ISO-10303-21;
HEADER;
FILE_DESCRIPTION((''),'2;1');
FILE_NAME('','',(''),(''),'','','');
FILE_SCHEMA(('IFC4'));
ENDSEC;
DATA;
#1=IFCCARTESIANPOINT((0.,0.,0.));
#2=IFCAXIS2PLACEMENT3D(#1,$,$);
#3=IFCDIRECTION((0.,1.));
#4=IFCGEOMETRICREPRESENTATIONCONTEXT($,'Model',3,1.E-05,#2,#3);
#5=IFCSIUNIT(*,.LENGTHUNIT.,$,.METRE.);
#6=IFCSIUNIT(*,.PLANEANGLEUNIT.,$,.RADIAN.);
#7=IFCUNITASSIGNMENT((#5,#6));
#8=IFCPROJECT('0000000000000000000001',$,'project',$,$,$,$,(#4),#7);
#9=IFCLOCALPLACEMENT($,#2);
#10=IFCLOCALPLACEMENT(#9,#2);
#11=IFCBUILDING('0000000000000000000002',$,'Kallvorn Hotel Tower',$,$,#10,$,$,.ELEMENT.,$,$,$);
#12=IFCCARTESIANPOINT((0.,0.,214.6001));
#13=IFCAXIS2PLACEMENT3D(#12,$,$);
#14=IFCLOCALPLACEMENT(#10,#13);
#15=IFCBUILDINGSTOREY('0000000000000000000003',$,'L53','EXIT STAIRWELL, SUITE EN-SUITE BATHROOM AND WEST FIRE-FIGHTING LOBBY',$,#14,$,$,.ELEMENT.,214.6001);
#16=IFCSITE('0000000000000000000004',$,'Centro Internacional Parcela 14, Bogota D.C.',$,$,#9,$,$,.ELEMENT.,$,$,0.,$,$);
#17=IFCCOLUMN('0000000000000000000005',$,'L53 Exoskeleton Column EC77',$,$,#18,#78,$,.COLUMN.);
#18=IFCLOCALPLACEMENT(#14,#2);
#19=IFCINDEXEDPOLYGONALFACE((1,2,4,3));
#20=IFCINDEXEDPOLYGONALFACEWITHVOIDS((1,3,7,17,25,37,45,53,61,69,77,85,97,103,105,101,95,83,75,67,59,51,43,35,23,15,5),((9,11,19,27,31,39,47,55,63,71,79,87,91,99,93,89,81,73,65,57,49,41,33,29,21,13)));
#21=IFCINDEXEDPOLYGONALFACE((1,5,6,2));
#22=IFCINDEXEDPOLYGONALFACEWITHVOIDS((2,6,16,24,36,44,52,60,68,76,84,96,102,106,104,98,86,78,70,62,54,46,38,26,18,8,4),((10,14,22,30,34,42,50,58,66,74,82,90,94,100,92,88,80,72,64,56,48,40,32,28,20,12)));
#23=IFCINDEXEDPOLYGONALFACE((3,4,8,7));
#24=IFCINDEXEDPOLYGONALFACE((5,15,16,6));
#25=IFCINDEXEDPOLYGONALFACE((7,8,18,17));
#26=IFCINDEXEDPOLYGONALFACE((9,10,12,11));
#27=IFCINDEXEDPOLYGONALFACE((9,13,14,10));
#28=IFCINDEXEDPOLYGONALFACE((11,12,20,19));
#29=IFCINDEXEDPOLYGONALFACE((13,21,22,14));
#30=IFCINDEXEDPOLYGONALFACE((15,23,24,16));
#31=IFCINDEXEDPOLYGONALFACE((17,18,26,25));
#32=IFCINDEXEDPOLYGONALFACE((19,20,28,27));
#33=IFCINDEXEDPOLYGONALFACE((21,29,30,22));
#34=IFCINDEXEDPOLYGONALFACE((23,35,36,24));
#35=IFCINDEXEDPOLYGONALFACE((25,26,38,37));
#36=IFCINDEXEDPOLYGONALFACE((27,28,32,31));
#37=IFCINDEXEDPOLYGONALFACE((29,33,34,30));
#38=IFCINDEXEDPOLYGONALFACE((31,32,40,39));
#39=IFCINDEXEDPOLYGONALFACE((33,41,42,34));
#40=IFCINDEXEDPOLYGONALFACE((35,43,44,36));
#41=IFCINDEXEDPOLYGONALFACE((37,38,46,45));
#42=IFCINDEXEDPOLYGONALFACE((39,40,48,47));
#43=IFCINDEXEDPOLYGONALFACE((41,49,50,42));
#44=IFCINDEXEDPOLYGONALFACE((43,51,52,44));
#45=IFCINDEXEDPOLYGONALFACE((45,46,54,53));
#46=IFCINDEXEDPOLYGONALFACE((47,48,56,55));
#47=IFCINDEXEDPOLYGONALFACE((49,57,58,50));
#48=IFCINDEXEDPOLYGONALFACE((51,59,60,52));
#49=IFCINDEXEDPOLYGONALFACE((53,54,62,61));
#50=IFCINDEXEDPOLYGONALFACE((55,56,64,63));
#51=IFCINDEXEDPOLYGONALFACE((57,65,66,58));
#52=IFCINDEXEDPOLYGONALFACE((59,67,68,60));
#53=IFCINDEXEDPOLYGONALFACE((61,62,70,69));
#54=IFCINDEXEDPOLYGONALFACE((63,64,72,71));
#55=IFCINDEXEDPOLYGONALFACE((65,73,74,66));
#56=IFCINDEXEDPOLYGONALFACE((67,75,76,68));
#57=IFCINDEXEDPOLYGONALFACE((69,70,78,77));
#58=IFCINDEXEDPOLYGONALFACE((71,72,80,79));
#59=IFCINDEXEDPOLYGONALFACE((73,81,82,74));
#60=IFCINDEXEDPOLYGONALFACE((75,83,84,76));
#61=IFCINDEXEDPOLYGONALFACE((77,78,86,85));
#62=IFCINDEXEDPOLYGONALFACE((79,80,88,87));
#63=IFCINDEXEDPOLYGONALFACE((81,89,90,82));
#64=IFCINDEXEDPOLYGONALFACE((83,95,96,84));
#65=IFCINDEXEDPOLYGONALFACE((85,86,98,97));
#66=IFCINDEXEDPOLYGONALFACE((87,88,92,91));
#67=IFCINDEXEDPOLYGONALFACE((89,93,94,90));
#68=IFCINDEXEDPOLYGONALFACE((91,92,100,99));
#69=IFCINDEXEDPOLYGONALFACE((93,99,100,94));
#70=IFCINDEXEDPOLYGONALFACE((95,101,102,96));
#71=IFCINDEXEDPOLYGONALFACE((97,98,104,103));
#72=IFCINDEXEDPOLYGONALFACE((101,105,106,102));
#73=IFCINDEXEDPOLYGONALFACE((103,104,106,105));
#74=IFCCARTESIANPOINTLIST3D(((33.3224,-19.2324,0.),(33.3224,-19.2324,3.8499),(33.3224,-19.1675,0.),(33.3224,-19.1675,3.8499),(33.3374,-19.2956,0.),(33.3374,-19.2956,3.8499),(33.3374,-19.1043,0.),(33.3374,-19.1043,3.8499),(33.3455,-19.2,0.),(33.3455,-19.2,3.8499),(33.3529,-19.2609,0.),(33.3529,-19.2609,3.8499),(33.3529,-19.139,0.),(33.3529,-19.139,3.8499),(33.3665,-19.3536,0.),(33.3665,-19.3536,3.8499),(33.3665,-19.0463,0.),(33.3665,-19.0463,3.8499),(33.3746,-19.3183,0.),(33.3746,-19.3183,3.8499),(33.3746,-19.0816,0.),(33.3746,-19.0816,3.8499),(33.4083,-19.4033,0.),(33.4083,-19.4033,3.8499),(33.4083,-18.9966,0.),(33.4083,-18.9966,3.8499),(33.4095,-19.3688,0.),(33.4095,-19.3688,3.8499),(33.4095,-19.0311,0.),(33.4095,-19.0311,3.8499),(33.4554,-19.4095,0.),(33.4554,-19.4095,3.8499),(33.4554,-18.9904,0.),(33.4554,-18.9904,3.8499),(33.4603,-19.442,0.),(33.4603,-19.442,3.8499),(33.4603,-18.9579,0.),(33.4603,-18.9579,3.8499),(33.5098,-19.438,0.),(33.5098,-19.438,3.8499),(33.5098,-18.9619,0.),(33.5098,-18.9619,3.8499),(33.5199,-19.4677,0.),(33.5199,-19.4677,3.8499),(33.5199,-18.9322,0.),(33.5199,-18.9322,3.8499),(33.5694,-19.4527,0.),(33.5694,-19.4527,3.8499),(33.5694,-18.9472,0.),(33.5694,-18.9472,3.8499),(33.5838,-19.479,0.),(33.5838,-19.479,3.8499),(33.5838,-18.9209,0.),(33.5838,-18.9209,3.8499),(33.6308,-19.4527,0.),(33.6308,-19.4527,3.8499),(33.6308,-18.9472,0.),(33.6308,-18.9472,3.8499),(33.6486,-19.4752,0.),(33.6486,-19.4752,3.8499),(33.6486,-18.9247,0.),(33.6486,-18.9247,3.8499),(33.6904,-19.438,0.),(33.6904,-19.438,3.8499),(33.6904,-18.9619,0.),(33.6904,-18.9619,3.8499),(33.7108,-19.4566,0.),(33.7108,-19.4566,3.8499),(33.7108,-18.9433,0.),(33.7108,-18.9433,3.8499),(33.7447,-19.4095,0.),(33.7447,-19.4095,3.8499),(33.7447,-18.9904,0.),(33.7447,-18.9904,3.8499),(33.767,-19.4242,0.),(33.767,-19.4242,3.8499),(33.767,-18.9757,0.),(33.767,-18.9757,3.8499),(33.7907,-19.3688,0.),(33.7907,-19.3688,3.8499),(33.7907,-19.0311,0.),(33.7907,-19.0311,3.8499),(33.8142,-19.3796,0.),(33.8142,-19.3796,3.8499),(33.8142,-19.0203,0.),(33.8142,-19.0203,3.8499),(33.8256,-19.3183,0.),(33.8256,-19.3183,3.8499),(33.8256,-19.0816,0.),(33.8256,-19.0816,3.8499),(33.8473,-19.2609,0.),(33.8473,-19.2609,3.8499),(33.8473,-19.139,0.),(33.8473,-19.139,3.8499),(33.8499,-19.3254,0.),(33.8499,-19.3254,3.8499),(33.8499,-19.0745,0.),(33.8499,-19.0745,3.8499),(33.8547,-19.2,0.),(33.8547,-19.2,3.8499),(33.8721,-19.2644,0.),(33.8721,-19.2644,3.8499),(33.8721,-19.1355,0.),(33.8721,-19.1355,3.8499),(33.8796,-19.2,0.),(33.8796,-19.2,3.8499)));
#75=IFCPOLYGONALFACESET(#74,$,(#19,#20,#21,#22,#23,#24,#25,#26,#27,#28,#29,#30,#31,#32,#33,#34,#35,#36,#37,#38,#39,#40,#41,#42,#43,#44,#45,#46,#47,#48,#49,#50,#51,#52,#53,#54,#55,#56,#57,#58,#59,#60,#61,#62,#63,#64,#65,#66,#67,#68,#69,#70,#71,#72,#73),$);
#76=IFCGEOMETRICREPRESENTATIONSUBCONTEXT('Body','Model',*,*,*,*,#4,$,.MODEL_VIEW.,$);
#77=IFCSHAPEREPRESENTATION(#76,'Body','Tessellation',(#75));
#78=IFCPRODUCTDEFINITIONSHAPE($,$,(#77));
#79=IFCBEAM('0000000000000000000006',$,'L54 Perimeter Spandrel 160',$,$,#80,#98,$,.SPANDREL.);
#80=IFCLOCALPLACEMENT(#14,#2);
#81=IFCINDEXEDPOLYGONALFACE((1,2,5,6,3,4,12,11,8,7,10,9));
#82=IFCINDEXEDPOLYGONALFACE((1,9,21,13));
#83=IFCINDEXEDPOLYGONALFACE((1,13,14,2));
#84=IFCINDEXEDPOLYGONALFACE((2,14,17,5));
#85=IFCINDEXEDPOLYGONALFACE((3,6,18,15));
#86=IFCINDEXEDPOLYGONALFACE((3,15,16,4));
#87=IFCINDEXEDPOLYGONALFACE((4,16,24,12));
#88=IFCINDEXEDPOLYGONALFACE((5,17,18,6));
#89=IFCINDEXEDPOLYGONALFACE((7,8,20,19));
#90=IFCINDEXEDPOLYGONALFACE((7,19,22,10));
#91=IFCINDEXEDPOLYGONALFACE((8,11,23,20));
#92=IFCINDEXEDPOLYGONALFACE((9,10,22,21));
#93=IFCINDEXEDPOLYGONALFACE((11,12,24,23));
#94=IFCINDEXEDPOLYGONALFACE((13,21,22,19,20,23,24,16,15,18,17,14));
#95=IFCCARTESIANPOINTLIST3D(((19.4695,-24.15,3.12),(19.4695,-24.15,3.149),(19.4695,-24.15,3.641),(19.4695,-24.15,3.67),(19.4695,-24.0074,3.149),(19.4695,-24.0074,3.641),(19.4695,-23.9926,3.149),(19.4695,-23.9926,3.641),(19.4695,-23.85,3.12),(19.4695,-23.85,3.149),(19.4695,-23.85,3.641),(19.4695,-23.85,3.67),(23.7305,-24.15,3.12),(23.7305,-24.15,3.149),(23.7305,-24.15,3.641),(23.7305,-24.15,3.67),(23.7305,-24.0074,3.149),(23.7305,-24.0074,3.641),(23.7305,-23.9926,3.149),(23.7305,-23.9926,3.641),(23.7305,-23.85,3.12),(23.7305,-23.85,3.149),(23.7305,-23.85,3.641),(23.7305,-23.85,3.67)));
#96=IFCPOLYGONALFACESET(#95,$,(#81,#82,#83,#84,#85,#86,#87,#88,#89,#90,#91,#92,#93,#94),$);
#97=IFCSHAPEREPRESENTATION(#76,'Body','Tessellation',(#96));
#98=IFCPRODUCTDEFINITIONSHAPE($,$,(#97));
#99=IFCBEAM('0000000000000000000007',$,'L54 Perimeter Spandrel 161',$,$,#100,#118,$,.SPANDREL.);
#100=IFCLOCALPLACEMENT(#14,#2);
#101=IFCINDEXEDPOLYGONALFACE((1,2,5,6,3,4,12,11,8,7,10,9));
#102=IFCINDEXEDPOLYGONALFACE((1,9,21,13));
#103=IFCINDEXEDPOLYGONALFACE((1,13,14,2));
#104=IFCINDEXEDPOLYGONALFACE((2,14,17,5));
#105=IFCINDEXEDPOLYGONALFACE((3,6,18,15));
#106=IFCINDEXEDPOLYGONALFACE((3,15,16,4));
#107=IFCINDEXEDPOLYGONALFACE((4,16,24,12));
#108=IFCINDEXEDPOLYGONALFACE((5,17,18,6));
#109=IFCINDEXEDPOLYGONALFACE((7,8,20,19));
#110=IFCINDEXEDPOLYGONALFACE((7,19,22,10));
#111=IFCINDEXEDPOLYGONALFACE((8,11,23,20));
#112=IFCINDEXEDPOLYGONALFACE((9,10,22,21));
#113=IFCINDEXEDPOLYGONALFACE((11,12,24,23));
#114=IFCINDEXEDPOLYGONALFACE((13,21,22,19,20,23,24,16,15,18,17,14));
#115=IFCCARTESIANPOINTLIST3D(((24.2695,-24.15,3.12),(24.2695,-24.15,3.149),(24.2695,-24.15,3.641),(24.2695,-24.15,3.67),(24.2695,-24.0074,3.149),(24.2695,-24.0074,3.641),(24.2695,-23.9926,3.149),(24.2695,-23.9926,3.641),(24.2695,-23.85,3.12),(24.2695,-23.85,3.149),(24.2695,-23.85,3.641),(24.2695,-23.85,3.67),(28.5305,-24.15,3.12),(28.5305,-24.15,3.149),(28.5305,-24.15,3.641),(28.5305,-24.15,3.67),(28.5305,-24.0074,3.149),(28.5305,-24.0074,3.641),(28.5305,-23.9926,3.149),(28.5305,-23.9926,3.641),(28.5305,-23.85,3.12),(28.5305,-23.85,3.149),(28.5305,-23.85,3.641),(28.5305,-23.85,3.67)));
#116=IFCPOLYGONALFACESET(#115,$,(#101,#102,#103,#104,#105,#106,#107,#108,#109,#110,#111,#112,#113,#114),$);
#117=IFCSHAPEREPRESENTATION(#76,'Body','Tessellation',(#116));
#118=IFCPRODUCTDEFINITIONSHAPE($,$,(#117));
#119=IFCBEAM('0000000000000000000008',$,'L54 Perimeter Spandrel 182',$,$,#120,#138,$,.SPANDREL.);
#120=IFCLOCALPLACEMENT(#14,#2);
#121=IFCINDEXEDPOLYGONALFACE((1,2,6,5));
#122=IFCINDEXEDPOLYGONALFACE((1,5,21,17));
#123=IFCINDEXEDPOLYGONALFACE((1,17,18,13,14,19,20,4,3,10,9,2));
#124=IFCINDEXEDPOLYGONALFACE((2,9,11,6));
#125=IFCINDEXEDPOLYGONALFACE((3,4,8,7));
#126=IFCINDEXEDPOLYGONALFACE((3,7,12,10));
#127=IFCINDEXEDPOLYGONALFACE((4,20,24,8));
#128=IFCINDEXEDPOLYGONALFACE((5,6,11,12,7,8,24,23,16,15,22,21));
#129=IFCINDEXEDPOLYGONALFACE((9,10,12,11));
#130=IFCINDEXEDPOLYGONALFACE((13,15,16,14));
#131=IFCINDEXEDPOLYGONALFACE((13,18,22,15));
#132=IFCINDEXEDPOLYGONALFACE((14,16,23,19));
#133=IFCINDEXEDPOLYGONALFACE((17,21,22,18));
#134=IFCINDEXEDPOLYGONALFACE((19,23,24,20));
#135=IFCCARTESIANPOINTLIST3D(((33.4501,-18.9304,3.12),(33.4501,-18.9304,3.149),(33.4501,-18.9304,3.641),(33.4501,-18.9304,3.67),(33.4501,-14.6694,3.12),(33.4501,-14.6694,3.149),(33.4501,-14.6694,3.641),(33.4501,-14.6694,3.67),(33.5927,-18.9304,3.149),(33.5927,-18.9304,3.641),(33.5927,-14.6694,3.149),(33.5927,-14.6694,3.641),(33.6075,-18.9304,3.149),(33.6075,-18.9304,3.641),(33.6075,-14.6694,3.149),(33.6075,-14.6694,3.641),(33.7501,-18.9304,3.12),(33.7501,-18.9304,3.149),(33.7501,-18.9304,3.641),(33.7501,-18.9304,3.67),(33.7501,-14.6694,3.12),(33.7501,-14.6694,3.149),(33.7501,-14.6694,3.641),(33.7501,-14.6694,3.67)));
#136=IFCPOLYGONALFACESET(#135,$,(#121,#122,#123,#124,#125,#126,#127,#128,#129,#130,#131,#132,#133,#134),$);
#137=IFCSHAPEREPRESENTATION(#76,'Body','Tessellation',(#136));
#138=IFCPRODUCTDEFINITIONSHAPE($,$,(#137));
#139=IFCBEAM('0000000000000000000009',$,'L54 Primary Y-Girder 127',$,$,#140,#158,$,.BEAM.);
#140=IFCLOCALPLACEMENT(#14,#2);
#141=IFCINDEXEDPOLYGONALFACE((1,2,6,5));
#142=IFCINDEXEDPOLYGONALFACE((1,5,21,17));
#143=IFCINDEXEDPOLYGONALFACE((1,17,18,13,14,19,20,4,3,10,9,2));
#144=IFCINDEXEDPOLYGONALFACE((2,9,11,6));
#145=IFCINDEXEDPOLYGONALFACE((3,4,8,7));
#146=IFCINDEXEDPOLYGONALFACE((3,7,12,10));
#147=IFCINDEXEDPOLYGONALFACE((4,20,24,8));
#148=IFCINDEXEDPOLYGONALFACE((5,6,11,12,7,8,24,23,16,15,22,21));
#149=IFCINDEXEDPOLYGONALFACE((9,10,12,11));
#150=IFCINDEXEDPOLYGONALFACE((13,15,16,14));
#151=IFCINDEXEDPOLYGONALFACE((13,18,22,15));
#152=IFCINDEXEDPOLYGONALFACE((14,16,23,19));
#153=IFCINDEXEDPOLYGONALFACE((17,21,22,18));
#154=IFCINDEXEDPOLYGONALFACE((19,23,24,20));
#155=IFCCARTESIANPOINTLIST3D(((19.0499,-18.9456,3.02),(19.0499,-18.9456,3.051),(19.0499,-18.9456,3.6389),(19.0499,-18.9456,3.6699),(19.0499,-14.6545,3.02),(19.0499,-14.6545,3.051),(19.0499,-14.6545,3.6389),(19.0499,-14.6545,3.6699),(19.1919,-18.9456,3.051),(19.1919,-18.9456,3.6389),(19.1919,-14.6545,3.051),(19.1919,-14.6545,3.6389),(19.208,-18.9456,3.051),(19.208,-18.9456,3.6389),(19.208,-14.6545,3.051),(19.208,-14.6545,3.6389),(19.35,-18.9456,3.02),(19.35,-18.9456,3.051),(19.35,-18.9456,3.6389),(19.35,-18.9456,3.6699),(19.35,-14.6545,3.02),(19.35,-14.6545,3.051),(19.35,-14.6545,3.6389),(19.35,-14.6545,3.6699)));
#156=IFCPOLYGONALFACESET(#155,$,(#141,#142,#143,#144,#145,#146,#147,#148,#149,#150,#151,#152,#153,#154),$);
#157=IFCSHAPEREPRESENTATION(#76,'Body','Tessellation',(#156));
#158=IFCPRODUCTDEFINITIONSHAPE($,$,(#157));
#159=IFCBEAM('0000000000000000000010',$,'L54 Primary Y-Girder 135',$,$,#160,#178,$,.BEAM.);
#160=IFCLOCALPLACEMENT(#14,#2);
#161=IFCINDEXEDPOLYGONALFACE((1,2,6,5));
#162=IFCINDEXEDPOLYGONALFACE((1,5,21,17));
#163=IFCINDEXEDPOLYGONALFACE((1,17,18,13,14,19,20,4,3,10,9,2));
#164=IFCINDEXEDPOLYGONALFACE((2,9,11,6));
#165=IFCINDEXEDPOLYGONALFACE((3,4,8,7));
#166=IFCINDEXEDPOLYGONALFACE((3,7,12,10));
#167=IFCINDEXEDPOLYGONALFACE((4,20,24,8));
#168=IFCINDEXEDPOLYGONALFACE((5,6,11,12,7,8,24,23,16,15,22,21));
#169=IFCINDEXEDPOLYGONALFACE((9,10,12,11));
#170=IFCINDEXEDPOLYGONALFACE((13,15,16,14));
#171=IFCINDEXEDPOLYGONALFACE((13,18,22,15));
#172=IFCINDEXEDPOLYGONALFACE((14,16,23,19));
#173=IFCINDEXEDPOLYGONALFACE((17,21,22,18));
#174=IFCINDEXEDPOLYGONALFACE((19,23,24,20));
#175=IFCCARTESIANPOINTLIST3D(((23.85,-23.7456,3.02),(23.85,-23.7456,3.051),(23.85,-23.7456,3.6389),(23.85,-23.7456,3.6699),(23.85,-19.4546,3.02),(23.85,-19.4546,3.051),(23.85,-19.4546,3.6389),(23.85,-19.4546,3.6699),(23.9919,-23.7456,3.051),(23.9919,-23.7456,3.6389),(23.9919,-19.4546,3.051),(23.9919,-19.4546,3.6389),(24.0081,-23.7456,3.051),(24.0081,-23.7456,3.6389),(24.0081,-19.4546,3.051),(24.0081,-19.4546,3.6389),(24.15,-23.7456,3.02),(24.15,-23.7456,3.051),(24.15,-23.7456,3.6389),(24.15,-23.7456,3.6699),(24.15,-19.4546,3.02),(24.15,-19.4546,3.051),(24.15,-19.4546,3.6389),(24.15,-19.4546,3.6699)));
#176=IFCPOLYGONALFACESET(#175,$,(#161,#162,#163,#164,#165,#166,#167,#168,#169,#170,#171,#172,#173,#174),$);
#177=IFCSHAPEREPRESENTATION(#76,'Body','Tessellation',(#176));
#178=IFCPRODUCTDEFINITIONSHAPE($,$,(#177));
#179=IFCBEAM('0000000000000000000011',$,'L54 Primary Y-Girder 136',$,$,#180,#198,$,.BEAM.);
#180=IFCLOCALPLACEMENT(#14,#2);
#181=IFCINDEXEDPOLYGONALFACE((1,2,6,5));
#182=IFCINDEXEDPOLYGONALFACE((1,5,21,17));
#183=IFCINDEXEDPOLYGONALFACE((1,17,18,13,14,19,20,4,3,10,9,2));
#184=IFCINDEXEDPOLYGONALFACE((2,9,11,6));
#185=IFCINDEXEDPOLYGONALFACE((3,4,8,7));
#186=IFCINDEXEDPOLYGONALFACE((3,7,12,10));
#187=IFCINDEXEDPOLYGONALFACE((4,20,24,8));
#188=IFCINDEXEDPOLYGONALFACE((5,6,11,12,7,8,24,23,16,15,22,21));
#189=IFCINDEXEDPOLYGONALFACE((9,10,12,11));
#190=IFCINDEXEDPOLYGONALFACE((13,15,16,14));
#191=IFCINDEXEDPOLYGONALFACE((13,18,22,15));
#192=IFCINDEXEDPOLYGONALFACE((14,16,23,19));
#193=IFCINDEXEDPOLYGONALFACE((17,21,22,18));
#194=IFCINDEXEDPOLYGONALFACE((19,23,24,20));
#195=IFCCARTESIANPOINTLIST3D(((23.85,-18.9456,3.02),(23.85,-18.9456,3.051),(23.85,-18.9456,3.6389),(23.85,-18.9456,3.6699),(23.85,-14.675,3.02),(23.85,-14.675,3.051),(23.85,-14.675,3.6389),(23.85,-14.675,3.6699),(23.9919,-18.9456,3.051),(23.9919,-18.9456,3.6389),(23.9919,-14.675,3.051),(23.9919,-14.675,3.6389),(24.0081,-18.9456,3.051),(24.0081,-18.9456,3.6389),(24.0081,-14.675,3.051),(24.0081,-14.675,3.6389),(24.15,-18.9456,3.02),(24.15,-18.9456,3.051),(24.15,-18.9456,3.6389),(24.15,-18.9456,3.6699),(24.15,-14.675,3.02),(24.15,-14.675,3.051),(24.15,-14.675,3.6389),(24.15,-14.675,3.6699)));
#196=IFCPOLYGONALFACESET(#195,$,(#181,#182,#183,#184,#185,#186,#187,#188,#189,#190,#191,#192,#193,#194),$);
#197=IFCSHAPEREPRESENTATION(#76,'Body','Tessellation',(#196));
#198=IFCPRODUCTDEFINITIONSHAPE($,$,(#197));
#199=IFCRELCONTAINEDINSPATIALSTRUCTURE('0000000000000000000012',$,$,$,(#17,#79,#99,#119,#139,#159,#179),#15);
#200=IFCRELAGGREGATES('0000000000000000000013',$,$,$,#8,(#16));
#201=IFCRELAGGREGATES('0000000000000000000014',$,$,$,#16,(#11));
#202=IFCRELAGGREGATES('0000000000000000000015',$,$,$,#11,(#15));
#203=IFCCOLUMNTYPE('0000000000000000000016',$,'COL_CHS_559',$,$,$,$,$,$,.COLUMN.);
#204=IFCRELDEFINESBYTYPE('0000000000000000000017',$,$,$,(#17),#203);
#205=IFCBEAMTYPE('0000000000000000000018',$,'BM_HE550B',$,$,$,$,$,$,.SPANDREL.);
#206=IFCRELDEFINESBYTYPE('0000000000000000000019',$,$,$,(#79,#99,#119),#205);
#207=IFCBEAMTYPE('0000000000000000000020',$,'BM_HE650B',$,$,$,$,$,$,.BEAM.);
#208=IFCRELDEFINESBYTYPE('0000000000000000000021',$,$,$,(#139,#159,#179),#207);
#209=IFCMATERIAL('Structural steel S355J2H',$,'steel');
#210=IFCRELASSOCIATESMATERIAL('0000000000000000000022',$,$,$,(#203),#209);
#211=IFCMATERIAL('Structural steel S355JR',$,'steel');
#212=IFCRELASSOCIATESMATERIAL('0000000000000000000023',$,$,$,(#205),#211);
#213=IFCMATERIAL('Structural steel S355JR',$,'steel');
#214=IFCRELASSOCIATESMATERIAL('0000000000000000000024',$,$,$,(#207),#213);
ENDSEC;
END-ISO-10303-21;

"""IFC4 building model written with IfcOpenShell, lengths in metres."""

from ifc_helpers import new_model, si_unit, direction, frame, origin, origin_2d, place, context, subcontext, project, spatial, hollow_circle, i_section, extrude, material, material_profile, profile_set, type_object, element, save


model = new_model("IFC4")

# Units and contexts
model_context = context("Model", 3, precision=1e-05, world=origin(), true_north=direction((0.0, 1.0)))
body_context = subcontext(model_context, "Body", "Model", "MODEL_VIEW")
ifc_project = project(units=[si_unit("LENGTHUNIT", "METRE"), si_unit("PLANEANGLEUNIT", "RADIAN")], contexts=[model_context])

# Site, building, storey
site_placement = place(None, origin())
site = spatial("IfcSite", under=ifc_project, at=site_placement, Name="Centro Internacional Parcela 14, Bogota D.C.", CompositionType="ELEMENT", RefElevation=0.0)
building_placement = place(site_placement, origin())
building = spatial("IfcBuilding", under=site, at=building_placement, Name="Kallvorn Hotel Tower", CompositionType="ELEMENT")
storey_placement = place(building_placement, frame((0.0, 0.0, 214.6001)))
storey = spatial("IfcBuildingStorey", under=building, at=storey_placement, Name="L53", Description="EXIT STAIRWELL, SUITE EN-SUITE BATHROOM AND WEST FIRE-FIGHTING LOBBY", CompositionType="ELEMENT", Elevation=214.6001)

# Column
ifc_material_1 = material(Name="Structural steel S355J2H", Category="steel")
ifc_material_profile_1 = material_profile(ifc_material_1, hollow_circle(Radius=0.2795, WallThickness=0.0249, at=origin_2d()), Name="CHS 559x25")
ifc_profile_set_1 = profile_set([ifc_material_profile_1], Name="Structural steel S355J2H")
column_type = type_object("IfcColumnType", Name="COL_CHS_559", PredefinedType="COLUMN", material=ifc_profile_set_1)
for number, where, z_axis, x_axis, name in (
    (1, (33.6001, -19.2, 0.0), (0.0, 0.0, 1.0), (1.0, 0.0, 0.0), "L53 Exoskeleton Column EC77"),
):
    element("IfcColumn", number, at=place(storey_placement, frame(where, z_axis=z_axis, x_axis=x_axis)), inside=storey, type_object=column_type, Name=name, PredefinedType="COLUMN", context=body_context, shape_type="SweptSolid", body=[
        extrude(hollow_circle(Radius=0.2795, WallThickness=0.0249, at=origin_2d()), origin(), (0.0, 0.0, 1.0), 3.8499),
    ])

# Beams
ifc_material_2 = material(Name="Structural steel S355JR", Category="steel")
ifc_material_profile_2 = material_profile(ifc_material_2, i_section(OverallWidth=0.3, OverallDepth=0.55, WebThickness=0.0149, FlangeThickness=0.0291, at=origin_2d()), Name="HE 550 B")
ifc_profile_set_2 = profile_set([ifc_material_profile_2], Name="Structural steel S355JR")
beam_type_1 = type_object("IfcBeamType", Name="BM_HE550B", PredefinedType="SPANDREL", material=ifc_profile_set_2)
for number, where, z_axis, x_axis, name in (
    (2, (19.4695, -24.0, 3.395), (1.0, 0.0, 0.0), (0.0, 1.0, 0.0), "L54 Perimeter Spandrel 160"),
    (3, (24.2695, -24.0, 3.395), (1.0, 0.0, 0.0), (0.0, 1.0, 0.0), "L54 Perimeter Spandrel 161"),
    (4, (33.6001, -18.9304, 3.395), (0.0, 1.0, 0.0), (-1.0, 0.0, 0.0), "L54 Perimeter Spandrel 182"),
):
    element("IfcBeam", number, at=place(storey_placement, frame(where, z_axis=z_axis, x_axis=x_axis)), inside=storey, type_object=beam_type_1, Name=name, PredefinedType="SPANDREL", context=body_context, shape_type="SweptSolid", body=[
        extrude(i_section(OverallWidth=0.3, OverallDepth=0.55, WebThickness=0.0149, FlangeThickness=0.0291, at=origin_2d()), origin(), (0.0, 0.0, 1.0), 4.261),
    ])
ifc_material_3 = material(Name="Structural steel S355JR", Category="steel")
ifc_material_profile_3 = material_profile(ifc_material_3, i_section(OverallWidth=0.3, OverallDepth=0.6499, WebThickness=0.0161, FlangeThickness=0.031, at=origin_2d()), Name="HE 650 B")
ifc_profile_set_3 = profile_set([ifc_material_profile_3], Name="Structural steel S355JR")
beam_type_2 = type_object("IfcBeamType", Name="BM_HE650B", PredefinedType="BEAM", material=ifc_profile_set_3)
for number, where, z_axis, x_axis, name in (
    (5, (19.2, -18.9456, 3.345), (0.0, 1.0, 0.0), (-1.0, 0.0, 0.0), "L54 Primary Y-Girder 127"),
    (6, (24.0, -23.7456, 3.345), (0.0, 1.0, 0.0), (-1.0, 0.0, 0.0), "L54 Primary Y-Girder 135"),
):
    element("IfcBeam", number, at=place(storey_placement, frame(where, z_axis=z_axis, x_axis=x_axis)), inside=storey, type_object=beam_type_2, Name=name, PredefinedType="BEAM", context=body_context, shape_type="SweptSolid", body=[
        extrude(i_section(OverallWidth=0.3, OverallDepth=0.6499, WebThickness=0.0161, FlangeThickness=0.031, at=origin_2d()), origin(), (0.0, 0.0, 1.0), 4.291),
    ])
beam_1_placement = place(storey_placement, frame((24.0, -18.9456, 3.345), z_axis=(0.0, 1.0, 0.0), x_axis=(-1.0, 0.0, 0.0)))
element("IfcBeam", 7, at=beam_1_placement, inside=storey, type_object=beam_type_2, Name="L54 Primary Y-Girder 136", PredefinedType="BEAM", context=body_context, shape_type="SweptSolid", body=[
    extrude(i_section(OverallWidth=0.3, OverallDepth=0.6499, WebThickness=0.0161, FlangeThickness=0.031, at=origin_2d()), origin(), (0.0, 0.0, 1.0), 4.2705),
])

save(model, "model.ifc")
